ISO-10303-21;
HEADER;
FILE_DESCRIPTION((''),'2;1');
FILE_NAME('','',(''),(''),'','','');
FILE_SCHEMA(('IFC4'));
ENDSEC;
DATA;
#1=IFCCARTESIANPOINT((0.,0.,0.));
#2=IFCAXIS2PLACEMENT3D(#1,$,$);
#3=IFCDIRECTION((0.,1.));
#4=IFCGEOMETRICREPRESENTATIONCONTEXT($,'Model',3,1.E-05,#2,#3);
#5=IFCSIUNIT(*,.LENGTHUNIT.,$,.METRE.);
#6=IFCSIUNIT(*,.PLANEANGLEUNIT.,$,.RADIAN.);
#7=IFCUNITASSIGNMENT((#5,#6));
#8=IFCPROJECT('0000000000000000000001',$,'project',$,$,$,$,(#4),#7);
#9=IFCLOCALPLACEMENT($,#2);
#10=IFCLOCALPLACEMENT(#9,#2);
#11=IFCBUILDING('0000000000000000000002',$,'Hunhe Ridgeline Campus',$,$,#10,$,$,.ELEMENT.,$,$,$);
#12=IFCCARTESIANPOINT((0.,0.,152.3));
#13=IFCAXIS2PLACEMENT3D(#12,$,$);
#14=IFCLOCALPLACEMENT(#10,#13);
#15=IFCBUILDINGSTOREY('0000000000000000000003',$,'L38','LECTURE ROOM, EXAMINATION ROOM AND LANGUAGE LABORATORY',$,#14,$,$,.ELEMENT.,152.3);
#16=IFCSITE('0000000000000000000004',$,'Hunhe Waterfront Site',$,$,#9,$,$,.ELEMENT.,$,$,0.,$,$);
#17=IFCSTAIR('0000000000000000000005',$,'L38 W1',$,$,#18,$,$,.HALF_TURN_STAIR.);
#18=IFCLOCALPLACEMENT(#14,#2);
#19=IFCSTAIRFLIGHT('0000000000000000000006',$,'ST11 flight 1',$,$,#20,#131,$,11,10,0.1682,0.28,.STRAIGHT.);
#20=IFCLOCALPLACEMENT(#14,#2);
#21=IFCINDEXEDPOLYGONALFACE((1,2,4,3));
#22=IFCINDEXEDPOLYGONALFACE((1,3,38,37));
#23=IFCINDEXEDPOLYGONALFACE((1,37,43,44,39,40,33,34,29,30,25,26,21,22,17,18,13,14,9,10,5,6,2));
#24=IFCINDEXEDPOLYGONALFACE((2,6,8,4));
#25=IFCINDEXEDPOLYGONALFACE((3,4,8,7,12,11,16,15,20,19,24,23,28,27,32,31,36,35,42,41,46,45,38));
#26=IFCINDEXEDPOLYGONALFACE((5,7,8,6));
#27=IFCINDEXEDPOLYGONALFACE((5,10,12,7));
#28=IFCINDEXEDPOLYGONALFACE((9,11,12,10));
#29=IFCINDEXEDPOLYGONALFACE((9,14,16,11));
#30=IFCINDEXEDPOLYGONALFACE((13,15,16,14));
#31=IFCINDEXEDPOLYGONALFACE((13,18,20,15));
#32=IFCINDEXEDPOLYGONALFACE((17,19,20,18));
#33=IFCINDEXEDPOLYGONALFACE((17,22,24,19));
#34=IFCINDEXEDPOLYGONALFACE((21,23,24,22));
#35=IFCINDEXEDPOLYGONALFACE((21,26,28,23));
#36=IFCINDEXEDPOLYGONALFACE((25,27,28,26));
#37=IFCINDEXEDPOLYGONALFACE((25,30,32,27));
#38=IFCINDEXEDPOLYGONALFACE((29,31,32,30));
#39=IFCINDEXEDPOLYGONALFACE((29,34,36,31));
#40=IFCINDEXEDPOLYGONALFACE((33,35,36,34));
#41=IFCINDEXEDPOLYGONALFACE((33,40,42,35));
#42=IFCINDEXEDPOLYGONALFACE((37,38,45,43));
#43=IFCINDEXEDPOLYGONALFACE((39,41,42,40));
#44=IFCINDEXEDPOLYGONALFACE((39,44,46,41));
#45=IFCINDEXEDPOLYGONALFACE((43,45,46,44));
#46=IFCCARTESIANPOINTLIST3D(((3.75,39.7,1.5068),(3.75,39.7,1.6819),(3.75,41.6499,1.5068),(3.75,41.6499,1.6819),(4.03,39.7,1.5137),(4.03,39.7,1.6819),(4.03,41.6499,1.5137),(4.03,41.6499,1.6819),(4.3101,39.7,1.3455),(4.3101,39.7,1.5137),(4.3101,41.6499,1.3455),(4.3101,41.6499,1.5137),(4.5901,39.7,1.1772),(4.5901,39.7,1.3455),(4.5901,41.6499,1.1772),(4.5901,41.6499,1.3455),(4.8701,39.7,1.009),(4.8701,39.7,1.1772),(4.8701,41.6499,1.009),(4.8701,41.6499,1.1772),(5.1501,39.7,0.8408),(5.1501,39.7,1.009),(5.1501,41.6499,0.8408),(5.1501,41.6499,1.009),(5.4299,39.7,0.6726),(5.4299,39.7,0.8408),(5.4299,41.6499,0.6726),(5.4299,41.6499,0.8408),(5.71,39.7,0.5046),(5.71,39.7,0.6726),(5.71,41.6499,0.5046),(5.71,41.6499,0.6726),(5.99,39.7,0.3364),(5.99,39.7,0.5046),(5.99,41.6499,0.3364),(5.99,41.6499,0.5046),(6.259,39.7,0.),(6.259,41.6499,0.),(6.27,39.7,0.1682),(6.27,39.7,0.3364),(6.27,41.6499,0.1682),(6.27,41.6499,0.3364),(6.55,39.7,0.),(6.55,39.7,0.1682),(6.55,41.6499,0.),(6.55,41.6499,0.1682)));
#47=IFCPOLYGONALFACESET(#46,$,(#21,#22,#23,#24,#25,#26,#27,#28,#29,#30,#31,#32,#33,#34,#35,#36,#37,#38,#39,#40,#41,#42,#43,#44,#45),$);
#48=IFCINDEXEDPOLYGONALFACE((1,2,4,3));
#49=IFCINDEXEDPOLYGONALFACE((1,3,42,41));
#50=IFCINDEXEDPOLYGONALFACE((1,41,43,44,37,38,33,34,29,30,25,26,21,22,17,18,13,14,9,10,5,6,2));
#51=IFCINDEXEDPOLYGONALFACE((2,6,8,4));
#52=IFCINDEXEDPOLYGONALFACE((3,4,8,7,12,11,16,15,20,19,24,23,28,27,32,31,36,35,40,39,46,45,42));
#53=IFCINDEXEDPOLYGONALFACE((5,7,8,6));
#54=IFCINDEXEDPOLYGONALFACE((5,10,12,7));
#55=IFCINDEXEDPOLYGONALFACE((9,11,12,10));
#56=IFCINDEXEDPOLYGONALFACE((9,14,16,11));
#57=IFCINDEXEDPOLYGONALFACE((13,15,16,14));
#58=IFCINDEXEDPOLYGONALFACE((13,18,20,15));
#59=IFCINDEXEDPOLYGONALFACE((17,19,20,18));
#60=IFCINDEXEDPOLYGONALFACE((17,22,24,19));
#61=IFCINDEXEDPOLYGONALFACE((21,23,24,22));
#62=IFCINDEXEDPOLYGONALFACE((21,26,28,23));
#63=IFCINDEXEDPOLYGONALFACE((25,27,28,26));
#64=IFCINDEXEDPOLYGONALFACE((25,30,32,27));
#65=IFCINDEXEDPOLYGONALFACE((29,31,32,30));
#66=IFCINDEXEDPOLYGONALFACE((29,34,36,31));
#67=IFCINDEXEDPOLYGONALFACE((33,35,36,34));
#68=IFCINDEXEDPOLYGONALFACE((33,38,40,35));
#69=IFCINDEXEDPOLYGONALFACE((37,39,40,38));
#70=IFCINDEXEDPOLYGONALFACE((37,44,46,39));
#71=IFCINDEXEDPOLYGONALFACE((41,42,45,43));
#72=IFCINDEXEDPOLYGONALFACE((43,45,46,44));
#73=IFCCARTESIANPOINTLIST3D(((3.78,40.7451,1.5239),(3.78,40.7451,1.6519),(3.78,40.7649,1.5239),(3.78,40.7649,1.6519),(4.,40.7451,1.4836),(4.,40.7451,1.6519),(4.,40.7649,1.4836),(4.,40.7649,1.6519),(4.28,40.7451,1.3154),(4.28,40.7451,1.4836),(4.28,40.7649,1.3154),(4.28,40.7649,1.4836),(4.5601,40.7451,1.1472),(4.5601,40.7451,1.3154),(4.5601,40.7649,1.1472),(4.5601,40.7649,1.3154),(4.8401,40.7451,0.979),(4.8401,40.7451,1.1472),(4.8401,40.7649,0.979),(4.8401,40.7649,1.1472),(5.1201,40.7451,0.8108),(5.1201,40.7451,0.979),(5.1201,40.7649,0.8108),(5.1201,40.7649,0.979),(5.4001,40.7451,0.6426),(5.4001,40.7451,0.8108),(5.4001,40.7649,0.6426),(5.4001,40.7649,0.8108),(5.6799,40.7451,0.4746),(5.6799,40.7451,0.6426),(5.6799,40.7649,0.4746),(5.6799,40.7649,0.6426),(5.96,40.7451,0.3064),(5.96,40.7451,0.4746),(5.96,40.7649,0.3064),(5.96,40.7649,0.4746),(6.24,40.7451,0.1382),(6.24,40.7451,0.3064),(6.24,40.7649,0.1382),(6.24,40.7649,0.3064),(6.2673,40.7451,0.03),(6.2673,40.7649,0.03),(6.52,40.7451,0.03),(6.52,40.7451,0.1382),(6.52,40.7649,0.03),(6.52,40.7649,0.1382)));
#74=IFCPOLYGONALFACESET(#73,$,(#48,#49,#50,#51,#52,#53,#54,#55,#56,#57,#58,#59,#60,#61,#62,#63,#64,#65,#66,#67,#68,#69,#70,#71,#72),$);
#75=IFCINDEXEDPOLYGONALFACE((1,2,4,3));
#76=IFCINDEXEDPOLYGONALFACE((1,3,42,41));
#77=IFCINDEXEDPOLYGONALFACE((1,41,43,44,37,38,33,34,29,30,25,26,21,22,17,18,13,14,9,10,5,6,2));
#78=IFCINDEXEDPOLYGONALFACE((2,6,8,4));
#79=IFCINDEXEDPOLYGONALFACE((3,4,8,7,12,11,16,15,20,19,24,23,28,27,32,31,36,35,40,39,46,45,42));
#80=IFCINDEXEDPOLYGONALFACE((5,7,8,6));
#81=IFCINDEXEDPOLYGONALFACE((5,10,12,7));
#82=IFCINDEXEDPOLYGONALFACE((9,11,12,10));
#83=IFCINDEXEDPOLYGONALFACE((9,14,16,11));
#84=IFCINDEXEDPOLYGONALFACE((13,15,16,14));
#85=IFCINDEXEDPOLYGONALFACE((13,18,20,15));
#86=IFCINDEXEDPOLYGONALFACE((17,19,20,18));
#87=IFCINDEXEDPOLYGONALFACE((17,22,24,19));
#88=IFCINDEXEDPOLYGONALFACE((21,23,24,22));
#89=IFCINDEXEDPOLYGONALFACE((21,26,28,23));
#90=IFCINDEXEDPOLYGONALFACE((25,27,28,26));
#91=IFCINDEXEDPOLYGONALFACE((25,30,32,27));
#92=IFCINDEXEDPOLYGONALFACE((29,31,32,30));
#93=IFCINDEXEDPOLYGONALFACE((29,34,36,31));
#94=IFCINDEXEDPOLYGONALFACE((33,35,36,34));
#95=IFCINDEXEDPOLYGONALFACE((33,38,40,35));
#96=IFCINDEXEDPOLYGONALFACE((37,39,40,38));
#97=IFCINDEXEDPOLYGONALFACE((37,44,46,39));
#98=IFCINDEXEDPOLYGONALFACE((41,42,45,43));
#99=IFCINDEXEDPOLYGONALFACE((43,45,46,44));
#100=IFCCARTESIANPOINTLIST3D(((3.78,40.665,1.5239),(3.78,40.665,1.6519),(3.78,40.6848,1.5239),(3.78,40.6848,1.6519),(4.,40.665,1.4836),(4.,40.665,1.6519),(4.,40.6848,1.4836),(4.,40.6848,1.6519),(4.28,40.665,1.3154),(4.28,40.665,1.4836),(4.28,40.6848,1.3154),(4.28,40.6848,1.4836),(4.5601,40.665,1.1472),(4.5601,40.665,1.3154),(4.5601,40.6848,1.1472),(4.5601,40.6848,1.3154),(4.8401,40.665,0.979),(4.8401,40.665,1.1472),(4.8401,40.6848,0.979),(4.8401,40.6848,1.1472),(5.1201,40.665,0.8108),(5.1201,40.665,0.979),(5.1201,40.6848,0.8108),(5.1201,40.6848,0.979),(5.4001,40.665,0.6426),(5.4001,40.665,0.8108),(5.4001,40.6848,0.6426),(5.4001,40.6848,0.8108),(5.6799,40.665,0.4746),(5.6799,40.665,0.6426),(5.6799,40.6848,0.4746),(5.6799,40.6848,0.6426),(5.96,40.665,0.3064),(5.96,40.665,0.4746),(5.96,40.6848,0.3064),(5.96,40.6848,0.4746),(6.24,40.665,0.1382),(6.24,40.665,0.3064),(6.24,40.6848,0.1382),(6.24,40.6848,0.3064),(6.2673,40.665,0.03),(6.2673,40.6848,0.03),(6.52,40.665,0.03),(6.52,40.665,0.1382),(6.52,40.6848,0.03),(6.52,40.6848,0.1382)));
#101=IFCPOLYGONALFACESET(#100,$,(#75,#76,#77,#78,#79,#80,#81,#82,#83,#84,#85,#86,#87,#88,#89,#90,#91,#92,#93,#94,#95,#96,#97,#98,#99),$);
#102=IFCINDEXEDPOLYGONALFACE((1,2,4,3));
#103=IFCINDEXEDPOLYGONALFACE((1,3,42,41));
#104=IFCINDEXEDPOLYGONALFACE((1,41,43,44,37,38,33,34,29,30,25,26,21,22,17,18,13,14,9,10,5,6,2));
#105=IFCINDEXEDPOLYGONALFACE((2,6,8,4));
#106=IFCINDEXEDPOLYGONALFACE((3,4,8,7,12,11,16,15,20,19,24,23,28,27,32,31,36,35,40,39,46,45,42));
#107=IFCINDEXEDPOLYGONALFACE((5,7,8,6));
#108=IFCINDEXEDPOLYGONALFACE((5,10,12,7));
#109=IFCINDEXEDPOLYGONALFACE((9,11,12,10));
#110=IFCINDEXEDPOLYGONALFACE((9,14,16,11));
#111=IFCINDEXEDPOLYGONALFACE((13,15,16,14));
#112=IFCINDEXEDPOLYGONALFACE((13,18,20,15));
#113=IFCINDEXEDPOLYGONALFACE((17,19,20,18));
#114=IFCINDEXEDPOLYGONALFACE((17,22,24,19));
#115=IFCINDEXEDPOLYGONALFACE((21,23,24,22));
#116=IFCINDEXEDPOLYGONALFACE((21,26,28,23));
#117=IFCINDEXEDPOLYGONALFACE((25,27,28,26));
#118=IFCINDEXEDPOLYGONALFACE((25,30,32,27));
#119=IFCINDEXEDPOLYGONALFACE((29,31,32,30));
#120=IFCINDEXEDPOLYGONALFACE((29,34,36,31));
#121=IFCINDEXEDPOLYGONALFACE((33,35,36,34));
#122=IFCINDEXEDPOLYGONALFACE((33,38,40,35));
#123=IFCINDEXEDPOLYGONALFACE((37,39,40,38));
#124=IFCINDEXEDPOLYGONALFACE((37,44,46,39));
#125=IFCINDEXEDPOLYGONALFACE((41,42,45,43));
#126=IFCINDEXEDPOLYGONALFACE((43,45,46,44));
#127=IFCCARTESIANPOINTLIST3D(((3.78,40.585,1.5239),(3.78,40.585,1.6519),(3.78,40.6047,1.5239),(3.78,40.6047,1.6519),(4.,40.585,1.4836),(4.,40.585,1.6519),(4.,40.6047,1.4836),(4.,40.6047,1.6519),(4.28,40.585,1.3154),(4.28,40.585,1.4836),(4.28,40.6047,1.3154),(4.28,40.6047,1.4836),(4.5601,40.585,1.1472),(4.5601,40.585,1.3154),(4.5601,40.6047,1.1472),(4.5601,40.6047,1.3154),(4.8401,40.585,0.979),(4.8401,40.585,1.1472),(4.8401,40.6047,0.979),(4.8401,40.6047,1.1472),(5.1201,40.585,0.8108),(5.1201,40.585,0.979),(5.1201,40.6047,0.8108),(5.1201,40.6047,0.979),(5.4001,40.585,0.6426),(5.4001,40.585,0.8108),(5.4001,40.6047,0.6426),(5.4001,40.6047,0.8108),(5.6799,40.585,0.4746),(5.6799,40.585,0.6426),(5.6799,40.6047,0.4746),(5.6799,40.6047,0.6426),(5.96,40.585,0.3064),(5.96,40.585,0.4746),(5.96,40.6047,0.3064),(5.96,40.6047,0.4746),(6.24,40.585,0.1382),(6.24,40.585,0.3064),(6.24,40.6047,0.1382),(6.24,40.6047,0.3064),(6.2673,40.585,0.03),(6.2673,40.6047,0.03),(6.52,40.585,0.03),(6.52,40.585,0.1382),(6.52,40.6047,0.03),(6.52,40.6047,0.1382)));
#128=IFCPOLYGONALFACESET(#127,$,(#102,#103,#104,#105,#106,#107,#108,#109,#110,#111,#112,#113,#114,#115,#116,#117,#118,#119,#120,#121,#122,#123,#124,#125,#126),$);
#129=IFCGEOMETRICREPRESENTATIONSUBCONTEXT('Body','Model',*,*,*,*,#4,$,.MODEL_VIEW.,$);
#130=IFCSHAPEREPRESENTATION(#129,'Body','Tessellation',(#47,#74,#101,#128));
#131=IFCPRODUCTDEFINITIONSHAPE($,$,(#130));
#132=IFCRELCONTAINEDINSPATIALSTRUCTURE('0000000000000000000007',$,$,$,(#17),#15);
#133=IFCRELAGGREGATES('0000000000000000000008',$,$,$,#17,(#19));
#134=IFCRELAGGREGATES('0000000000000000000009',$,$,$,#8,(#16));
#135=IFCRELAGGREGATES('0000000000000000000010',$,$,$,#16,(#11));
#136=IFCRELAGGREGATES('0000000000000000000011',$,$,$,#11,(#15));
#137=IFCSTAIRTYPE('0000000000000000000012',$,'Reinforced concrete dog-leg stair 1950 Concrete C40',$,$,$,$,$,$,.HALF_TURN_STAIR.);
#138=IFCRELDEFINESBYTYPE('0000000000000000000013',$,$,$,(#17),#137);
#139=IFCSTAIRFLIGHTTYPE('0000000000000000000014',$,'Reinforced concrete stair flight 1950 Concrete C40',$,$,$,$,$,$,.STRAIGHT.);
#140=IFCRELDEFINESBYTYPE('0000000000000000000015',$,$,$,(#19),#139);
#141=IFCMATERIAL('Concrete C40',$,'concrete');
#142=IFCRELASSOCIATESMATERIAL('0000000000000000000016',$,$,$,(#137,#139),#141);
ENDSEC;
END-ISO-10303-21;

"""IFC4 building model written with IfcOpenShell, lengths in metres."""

from ifc_helpers import new_model, si_unit, direction, frame, origin, place, context, subcontext, project, spatial, polyline, outline, extrude, material, type_object, element, aggregate, save


model = new_model("IFC4")

# Units and contexts
model_context = context("Model", 3, precision=1e-05, world=origin(), true_north=direction((0.0, 1.0)))
body_context = subcontext(model_context, "Body", "Model", "MODEL_VIEW")
ifc_project = project(units=[si_unit("LENGTHUNIT", "METRE"), si_unit("PLANEANGLEUNIT", "RADIAN")], contexts=[model_context])

# Site, building, storey
site_placement = place(None, origin())
site = spatial("IfcSite", under=ifc_project, at=site_placement, Name="Hunhe Waterfront Site", CompositionType="ELEMENT", RefElevation=0.0)
building_placement = place(site_placement, origin())
building = spatial("IfcBuilding", under=site, at=building_placement, Name="Hunhe Ridgeline Campus", CompositionType="ELEMENT")
storey_placement = place(building_placement, frame((0.0, 0.0, 152.3)))
storey = spatial("IfcBuildingStorey", under=building, at=storey_placement, Name="L38", Description="LECTURE ROOM, EXAMINATION ROOM AND LANGUAGE LABORATORY", CompositionType="ELEMENT", Elevation=152.3)

# Stair, stair flight
ifc_material_1 = material(Name="Concrete C40", Category="concrete")
stair_type = type_object("IfcStairType", Name="Reinforced concrete dog-leg stair 1950 Concrete C40", PredefinedType="HALF_TURN_STAIR", material=ifc_material_1)
stair_placement = place(storey_placement, origin())
stair = element("IfcStair", 1, at=stair_placement, inside=storey, type_object=stair_type, Name="L38 W1", PredefinedType="HALF_TURN_STAIR")
stair_flight_type = type_object("IfcStairFlightType", Name="Reinforced concrete stair flight 1950 Concrete C40", PredefinedType="STRAIGHT", material=ifc_material_1)
stair_flight_1_placement = place(storey_placement, frame((6.55, 40.675, 0.0), z_axis=(0.0, 0.0, 1.0), x_axis=(-1.0, 0.0, 0.0)))
stair_flight_1 = element("IfcStairFlight", 2, at=stair_flight_1_placement, type_object=stair_flight_type, Name="ST11 flight 1", NumberOfRisers=11, NumberOfTreads=10, PredefinedType="STRAIGHT", RiserHeight=0.1682, TreadLength=0.28, context=body_context, shape_type="SweptSolid", body=[
    extrude(outline(polyline([(0.0, 0.0), (0.0, 0.1682), (0.28, 0.1682), (0.28, 0.3364), (0.5601, 0.3364), (0.5601, 0.5046), (0.8401, 0.5046), (0.8401, 0.6726), (1.1201, 0.6726), (1.1201, 0.8408), (1.3999, 0.8408), (1.3999, 1.009), (1.6799, 1.009), (1.6799, 1.1772), (1.96, 1.1772), (1.96, 1.3455), (2.24, 1.3455), (2.24, 1.5137), (2.52, 1.5137), (2.52, 1.6819), (2.8, 1.6819), (2.8, 1.8501), (2.8, 1.5068), (0.291, 0.0), (0.0, 0.0)])), frame((0.0, 0.9751, 0.0), z_axis=(0.0, -1.0, 0.0), x_axis=(1.0, 0.0, 0.0)), (0.0, 0.0, 1.0), 1.95),
    extrude(outline(polyline([(0.03, 0.03), (0.03, 0.1382), (0.3101, 0.1382), (0.3101, 0.3064), (0.5901, 0.3064), (0.5901, 0.4746), (0.8701, 0.4746), (0.8701, 0.6426), (1.1499, 0.6426), (1.1499, 0.8108), (1.4299, 0.8108), (1.4299, 0.979), (1.71, 0.979), (1.71, 1.1472), (1.99, 1.1472), (1.99, 1.3154), (2.27, 1.3154), (2.27, 1.4836), (2.55, 1.4836), (2.55, 1.6519), (2.77, 1.6519), (2.77, 1.5239), (0.2827, 0.03), (0.03, 0.03)])), frame((0.0, -0.0701, 0.0), z_axis=(0.0, -1.0, 0.0), x_axis=(1.0, 0.0, 0.0)), (0.0, 0.0, 1.0), 0.0198),
    extrude(outline(polyline([(0.03, 0.03), (0.03, 0.1382), (0.3101, 0.1382), (0.3101, 0.3064), (0.5901, 0.3064), (0.5901, 0.4746), (0.8701, 0.4746), (0.8701, 0.6426), (1.1499, 0.6426), (1.1499, 0.8108), (1.4299, 0.8108), (1.4299, 0.979), (1.71, 0.979), (1.71, 1.1472), (1.99, 1.1472), (1.99, 1.3154), (2.27, 1.3154), (2.27, 1.4836), (2.55, 1.4836), (2.55, 1.6519), (2.77, 1.6519), (2.77, 1.5239), (0.2827, 0.03), (0.03, 0.03)])), frame((0.0, 0.01, 0.0), z_axis=(0.0, -1.0, 0.0), x_axis=(1.0, 0.0, 0.0)), (0.0, 0.0, 1.0), 0.0198),
    extrude(outline(polyline([(0.03, 0.03), (0.03, 0.1382), (0.3101, 0.1382), (0.3101, 0.3064), (0.5901, 0.3064), (0.5901, 0.4746), (0.8701, 0.4746), (0.8701, 0.6426), (1.1499, 0.6426), (1.1499, 0.8108), (1.4299, 0.8108), (1.4299, 0.979), (1.71, 0.979), (1.71, 1.1472), (1.99, 1.1472), (1.99, 1.3154), (2.27, 1.3154), (2.27, 1.4836), (2.55, 1.4836), (2.55, 1.6519), (2.77, 1.6519), (2.77, 1.5239), (0.2827, 0.03), (0.03, 0.03)])), frame((0.0, 0.0901, 0.0), z_axis=(0.0, -1.0, 0.0), x_axis=(1.0, 0.0, 0.0)), (0.0, 0.0, 1.0), 0.0198),
])
aggregate(stair, [stair_flight_1])

save(model, "model.ifc")
